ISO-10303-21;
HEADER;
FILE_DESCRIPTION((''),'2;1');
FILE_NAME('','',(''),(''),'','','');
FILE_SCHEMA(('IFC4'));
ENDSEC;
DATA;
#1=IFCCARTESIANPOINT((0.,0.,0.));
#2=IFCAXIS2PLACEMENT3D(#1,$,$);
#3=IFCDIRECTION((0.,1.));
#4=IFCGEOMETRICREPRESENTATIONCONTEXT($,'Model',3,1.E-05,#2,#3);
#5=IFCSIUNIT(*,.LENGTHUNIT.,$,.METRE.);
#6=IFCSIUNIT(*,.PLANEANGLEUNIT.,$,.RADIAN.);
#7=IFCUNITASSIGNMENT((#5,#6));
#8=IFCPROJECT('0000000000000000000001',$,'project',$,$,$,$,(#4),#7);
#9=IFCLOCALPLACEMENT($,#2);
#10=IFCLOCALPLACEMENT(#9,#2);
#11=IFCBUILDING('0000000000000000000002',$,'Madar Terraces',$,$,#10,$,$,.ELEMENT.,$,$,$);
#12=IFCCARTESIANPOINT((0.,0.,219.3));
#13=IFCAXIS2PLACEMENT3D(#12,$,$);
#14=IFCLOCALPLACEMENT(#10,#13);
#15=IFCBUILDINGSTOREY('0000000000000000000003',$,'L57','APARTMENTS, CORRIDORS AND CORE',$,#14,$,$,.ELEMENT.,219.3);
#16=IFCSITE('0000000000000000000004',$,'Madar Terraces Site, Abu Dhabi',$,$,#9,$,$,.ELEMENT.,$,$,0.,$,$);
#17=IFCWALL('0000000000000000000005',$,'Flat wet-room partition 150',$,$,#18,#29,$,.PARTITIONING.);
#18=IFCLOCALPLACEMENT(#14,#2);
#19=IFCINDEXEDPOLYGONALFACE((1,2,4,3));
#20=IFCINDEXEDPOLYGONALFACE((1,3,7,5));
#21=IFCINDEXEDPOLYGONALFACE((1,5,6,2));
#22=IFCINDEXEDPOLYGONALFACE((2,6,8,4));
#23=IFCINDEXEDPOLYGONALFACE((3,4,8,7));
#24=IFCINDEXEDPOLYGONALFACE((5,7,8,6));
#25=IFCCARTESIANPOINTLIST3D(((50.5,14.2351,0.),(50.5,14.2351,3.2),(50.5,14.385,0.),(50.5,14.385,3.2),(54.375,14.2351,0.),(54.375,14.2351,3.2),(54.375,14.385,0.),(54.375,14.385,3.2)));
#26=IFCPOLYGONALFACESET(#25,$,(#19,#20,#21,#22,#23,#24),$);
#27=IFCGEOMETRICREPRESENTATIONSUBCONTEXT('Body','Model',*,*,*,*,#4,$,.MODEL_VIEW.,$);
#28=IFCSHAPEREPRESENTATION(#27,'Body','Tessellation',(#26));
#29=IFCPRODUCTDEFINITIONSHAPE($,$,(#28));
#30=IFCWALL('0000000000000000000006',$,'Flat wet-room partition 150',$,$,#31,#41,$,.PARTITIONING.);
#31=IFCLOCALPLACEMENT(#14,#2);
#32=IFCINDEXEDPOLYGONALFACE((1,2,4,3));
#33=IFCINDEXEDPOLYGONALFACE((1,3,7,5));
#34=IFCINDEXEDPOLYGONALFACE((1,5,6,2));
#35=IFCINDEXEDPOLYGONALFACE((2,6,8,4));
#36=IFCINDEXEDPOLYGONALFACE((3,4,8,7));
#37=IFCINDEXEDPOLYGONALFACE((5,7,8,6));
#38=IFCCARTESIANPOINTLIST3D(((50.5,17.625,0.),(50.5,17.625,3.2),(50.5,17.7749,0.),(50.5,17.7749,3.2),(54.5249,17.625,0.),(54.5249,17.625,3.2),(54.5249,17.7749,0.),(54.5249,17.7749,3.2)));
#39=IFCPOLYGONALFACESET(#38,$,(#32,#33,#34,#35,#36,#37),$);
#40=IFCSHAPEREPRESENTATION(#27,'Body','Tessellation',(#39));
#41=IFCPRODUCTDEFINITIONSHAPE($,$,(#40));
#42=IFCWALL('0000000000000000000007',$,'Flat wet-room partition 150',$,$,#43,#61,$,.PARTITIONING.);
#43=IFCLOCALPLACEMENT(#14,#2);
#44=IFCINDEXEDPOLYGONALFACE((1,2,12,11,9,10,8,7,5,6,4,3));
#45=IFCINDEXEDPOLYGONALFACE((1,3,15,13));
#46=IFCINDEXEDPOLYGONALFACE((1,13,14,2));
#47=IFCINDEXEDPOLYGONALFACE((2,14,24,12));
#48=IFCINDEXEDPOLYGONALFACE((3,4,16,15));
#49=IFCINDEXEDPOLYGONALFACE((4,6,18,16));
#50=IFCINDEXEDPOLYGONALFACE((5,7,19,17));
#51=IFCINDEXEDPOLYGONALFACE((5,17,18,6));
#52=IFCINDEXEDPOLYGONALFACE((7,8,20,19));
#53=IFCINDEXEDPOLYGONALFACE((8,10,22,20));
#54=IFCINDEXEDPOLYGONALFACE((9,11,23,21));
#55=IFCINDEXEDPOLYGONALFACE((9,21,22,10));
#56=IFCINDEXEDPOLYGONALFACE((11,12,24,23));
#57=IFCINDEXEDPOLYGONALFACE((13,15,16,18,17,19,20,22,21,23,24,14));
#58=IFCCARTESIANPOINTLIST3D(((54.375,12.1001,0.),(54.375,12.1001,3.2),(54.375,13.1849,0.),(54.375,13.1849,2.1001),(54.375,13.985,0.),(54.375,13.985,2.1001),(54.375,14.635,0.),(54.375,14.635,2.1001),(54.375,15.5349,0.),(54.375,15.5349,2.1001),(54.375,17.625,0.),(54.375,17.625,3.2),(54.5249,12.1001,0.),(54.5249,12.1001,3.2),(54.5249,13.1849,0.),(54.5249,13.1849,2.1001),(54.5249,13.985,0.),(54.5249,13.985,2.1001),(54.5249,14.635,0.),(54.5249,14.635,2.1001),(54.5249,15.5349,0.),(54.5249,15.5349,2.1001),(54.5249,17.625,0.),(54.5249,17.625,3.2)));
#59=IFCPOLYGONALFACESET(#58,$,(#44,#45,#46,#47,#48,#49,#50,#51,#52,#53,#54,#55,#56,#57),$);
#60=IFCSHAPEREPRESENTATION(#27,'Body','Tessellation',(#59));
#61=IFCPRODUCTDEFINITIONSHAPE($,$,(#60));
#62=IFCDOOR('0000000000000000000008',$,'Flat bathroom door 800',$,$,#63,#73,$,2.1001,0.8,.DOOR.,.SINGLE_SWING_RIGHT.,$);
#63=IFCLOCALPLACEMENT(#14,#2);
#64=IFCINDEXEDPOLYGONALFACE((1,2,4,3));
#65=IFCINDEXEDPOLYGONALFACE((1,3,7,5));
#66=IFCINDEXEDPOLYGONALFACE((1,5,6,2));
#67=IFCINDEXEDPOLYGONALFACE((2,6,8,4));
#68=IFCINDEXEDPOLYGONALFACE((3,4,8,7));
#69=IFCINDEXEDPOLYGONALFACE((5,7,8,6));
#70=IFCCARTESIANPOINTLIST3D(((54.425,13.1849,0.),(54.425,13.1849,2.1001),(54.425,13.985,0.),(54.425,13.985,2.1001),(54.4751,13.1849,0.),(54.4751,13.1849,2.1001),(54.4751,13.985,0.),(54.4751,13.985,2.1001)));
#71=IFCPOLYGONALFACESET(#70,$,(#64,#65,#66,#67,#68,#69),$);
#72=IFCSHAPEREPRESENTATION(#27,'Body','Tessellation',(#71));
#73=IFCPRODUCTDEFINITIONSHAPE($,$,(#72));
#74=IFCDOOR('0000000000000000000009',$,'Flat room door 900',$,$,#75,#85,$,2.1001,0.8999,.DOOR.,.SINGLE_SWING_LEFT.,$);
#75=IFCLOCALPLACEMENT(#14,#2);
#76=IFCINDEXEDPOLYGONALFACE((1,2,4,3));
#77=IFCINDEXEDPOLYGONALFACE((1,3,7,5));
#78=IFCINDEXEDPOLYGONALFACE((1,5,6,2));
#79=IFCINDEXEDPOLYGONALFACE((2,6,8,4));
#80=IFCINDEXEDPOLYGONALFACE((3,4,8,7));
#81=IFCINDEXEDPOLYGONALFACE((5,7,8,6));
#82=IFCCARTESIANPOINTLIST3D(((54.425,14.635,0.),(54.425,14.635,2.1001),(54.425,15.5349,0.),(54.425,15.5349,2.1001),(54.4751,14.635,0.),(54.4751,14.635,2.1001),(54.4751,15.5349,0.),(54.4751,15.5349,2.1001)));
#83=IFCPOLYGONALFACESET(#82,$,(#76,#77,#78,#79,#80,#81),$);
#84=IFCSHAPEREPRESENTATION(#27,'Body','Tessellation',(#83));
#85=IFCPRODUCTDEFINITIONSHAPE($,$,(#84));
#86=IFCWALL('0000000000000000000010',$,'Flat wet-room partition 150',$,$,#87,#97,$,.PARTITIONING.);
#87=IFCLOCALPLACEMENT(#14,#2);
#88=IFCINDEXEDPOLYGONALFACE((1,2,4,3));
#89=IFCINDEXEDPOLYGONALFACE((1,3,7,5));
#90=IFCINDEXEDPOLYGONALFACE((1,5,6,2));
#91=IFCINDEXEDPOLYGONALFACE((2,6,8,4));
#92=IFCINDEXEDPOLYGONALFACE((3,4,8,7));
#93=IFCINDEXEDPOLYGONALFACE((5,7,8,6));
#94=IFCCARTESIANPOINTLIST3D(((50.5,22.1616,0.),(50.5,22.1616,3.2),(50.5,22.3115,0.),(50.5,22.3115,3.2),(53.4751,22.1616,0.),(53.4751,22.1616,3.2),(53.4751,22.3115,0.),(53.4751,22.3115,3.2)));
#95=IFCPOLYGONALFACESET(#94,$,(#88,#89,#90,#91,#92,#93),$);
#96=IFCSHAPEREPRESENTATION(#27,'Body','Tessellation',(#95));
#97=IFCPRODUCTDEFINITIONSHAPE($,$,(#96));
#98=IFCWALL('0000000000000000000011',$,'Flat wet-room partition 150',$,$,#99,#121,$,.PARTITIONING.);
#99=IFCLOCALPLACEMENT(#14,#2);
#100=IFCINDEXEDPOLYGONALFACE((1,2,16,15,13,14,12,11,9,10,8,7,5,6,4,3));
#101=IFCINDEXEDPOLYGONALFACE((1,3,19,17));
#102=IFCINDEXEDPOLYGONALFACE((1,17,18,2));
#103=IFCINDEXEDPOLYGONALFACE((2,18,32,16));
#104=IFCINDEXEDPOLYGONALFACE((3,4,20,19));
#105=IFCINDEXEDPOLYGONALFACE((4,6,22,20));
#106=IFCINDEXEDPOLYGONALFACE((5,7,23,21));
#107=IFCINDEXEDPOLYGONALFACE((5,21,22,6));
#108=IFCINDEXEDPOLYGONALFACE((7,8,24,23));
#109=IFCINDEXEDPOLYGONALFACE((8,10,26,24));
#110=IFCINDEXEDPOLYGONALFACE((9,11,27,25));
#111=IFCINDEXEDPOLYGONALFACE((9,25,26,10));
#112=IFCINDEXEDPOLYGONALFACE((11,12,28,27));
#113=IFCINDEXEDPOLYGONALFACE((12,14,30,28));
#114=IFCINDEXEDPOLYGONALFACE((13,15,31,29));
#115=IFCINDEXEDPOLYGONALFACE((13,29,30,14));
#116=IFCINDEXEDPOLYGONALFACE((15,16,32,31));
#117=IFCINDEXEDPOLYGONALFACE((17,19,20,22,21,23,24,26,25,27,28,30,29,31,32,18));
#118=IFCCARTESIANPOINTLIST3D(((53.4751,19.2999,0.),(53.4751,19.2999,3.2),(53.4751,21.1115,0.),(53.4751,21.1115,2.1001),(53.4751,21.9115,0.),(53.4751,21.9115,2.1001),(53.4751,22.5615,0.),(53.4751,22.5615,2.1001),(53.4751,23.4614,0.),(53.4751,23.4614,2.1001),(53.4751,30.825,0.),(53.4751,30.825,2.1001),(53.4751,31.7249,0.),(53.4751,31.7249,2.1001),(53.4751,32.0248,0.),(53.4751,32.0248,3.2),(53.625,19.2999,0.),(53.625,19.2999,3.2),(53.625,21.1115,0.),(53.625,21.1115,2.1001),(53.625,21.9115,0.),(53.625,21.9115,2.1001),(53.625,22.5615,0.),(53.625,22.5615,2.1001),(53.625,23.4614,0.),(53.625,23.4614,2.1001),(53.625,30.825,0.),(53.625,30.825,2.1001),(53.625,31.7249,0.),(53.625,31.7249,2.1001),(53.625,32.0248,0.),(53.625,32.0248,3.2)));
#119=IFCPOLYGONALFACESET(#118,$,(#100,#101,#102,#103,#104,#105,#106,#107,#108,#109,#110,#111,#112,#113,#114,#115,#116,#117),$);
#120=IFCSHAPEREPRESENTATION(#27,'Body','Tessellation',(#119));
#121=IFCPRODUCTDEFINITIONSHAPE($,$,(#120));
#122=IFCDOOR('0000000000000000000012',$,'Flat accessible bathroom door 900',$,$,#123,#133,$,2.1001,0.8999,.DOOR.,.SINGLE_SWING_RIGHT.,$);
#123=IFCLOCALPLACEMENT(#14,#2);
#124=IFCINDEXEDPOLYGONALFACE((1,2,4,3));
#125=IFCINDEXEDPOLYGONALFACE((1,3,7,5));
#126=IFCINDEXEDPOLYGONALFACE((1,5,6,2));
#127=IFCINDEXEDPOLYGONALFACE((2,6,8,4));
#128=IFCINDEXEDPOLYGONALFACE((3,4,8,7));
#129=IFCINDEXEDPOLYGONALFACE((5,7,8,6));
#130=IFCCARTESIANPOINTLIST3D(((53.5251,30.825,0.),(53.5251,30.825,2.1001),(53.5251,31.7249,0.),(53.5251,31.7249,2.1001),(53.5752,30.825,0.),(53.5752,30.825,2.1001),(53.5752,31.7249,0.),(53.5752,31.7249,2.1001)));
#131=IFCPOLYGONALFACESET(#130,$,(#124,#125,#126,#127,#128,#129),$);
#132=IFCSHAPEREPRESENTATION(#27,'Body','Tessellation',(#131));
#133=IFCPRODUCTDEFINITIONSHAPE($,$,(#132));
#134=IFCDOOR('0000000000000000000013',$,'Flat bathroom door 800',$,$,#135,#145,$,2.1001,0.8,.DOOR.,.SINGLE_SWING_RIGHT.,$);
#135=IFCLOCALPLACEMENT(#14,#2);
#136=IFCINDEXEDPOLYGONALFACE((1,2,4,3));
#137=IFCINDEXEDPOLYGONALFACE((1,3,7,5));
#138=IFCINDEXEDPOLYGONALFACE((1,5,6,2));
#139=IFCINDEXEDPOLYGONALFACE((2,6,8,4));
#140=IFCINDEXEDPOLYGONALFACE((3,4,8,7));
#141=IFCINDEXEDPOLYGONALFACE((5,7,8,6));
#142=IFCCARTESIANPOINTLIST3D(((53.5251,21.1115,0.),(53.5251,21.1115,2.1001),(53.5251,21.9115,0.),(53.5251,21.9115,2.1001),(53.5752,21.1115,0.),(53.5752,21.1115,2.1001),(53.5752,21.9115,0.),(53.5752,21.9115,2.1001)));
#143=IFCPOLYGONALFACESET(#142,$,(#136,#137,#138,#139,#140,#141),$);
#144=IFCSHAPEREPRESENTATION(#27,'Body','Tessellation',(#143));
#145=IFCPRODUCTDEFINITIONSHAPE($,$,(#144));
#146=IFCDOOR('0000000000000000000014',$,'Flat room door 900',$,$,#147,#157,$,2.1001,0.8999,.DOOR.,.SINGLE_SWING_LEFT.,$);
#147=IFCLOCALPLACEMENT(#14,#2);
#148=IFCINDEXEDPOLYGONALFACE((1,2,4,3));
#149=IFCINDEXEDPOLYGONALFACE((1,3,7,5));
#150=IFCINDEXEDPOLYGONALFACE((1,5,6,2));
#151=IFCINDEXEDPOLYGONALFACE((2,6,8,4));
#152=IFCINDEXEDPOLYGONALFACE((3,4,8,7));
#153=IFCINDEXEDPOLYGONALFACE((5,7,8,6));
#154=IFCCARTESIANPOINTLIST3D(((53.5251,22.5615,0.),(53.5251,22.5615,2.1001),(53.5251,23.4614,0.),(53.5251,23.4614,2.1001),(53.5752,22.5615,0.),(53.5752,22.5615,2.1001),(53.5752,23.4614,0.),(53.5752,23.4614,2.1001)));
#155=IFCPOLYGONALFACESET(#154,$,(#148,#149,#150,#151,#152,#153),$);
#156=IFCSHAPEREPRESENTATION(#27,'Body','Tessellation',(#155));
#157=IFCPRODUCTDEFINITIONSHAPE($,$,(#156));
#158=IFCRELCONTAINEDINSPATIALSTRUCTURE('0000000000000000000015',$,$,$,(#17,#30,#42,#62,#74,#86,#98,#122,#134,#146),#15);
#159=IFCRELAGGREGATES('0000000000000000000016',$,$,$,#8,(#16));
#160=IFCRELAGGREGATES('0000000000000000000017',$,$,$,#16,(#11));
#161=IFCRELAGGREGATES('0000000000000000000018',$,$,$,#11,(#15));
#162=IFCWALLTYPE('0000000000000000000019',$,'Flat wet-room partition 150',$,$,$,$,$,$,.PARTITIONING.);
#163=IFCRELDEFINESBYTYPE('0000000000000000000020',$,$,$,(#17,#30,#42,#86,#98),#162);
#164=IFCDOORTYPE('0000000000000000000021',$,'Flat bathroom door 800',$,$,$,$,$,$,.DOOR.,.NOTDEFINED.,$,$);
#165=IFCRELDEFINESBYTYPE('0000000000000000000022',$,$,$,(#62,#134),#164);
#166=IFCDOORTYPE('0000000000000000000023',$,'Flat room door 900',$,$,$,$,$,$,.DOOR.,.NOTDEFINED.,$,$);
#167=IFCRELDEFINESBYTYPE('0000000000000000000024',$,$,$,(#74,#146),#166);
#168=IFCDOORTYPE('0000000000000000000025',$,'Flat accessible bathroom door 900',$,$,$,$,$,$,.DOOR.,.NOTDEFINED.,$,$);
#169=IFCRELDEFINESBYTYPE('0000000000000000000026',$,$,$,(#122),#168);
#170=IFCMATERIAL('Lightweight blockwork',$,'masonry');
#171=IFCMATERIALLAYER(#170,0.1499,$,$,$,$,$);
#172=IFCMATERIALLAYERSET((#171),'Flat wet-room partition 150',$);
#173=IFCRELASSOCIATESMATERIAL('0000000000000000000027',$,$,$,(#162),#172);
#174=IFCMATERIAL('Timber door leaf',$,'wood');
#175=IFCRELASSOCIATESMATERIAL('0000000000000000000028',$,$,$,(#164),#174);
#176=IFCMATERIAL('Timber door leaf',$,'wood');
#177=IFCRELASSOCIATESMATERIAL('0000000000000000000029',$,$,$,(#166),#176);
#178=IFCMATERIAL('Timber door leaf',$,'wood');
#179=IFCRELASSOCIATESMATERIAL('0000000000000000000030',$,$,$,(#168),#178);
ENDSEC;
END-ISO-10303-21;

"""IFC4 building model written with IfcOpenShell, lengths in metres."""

from ifc_helpers import new_model, si_unit, direction, frame, frame_2d, origin, place, context, subcontext, project, spatial, rectangle, extrude, material, layer, layer_set, type_object, element, fill, save


model = new_model("IFC4")

# Units and contexts
model_context = context("Model", 3, precision=1e-05, world=origin(), true_north=direction((0.0, 1.0)))
body_context = subcontext(model_context, "Body", "Model", "MODEL_VIEW")
ifc_project = project(units=[si_unit("LENGTHUNIT", "METRE"), si_unit("PLANEANGLEUNIT", "RADIAN")], contexts=[model_context])

# Site, building, storey
site_placement = place(None, origin())
site = spatial("IfcSite", under=ifc_project, at=site_placement, Name="Madar Terraces Site, Abu Dhabi", CompositionType="ELEMENT", RefElevation=0.0)
building_placement = place(site_placement, origin())
building = spatial("IfcBuilding", under=site, at=building_placement, Name="Madar Terraces", CompositionType="ELEMENT")
storey_placement = place(building_placement, frame((0.0, 0.0, 219.3)))
storey = spatial("IfcBuildingStorey", under=building, at=storey_placement, Name="L57", Description="APARTMENTS, CORRIDORS AND CORE", CompositionType="ELEMENT", Elevation=219.3)

# Walls
ifc_material_1 = material(Name="Lightweight blockwork", Category="masonry")
ifc_layer_1 = layer(ifc_material_1, 0.1499)
ifc_layer_set_1 = layer_set([ifc_layer_1], Name="Flat wet-room partition 150")
wall_type_1 = type_object("IfcWallType", Name="Flat wet-room partition 150", PredefinedType="PARTITIONING", material=ifc_layer_set_1)
wall_1_placement = place(storey_placement, frame((50.5, 14.3101, 0.0), z_axis=(0.0, 0.0, 1.0), x_axis=(1.0, 0.0, 0.0)))
element("IfcWall", 1, at=wall_1_placement, inside=storey, type_object=wall_type_1, Name="Flat wet-room partition 150", PredefinedType="PARTITIONING", context=body_context, shape_type="SweptSolid", body=[
    extrude(rectangle(XDim=3.875, YDim=0.1499, at=frame_2d((1.9375, 0.0))), origin(), (0.0, 0.0, 1.0), 3.2),
])
wall_2_placement = place(storey_placement, frame((50.5, 17.7, 0.0), z_axis=(0.0, 0.0, 1.0), x_axis=(1.0, 0.0, 0.0)))
element("IfcWall", 2, at=wall_2_placement, inside=storey, type_object=wall_type_1, Name="Flat wet-room partition 150", PredefinedType="PARTITIONING", context=body_context, shape_type="SweptSolid", body=[
    extrude(rectangle(XDim=4.0249, YDim=0.1499, at=frame_2d((2.0125, 0.0))), origin(), (0.0, 0.0, 1.0), 3.2),
])

# Wall, openings, doors
wall_3_placement = place(storey_placement, frame((54.45, 12.1001, 0.0), z_axis=(0.0, 0.0, 1.0), x_axis=(0.0, 1.0, 0.0)))
wall_3 = element("IfcWall", 3, at=wall_3_placement, inside=storey, type_object=wall_type_1, Name="Flat wet-room partition 150", PredefinedType="PARTITIONING", context=body_context, shape_type="SweptSolid", body=[
    extrude(rectangle(XDim=5.5249, YDim=0.1499, at=frame_2d((2.7625, 0.0))), origin(), (0.0, 0.0, 1.0), 3.2),
])
opening_1_placement = place(wall_3_placement, frame((2.5349, 0.0, 0.0)))
opening_1 = element("IfcOpeningElement", 4, at=opening_1_placement, cuts=wall_3, PredefinedType="OPENING", context=body_context, shape_type="SweptSolid", body=[
    extrude(rectangle(XDim=0.8999, YDim=2.1001, at=frame_2d((0.45, 1.05))), frame((0.0, 0.085, 0.0), z_axis=(0.0, -1.0, 0.0), x_axis=(1.0, 0.0, 0.0)), (0.0, 0.0, 1.0), 0.1699),
])
opening_2_placement = place(wall_3_placement, frame((1.085, 0.0, 0.0)))
opening_2 = element("IfcOpeningElement", 5, at=opening_2_placement, cuts=wall_3, PredefinedType="OPENING", context=body_context, shape_type="SweptSolid", body=[
    extrude(rectangle(XDim=0.8, YDim=2.1001, at=frame_2d((0.3999, 1.05))), frame((0.0, 0.085, 0.0), z_axis=(0.0, -1.0, 0.0), x_axis=(1.0, 0.0, 0.0)), (0.0, 0.0, 1.0), 0.1699),
])
ifc_material_2 = material(Name="Timber door leaf", Category="wood")
door_type_1 = type_object("IfcDoorType", Name="Flat bathroom door 800", OperationType="NOTDEFINED", PredefinedType="DOOR", material=ifc_material_2)
door_1_placement = place(opening_2_placement, origin())
door_1 = element("IfcDoor", 6, at=door_1_placement, inside=storey, type_object=door_type_1, Name="Flat bathroom door 800", OperationType="SINGLE_SWING_RIGHT", OverallHeight=2.1001, OverallWidth=0.8, PredefinedType="DOOR", context=body_context, shape_type="SweptSolid", body=[
    extrude(rectangle(XDim=0.8, YDim=2.1001, at=frame_2d((0.3999, 1.05))), frame((0.0, 0.0249, 0.0), z_axis=(0.0, -1.0, 0.0), x_axis=(1.0, 0.0, 0.0)), (0.0, 0.0, 1.0), 0.05),
])
fill(opening_2, door_1)
ifc_material_3 = material(Name="Timber door leaf", Category="wood")
door_type_2 = type_object("IfcDoorType", Name="Flat room door 900", OperationType="NOTDEFINED", PredefinedType="DOOR", material=ifc_material_3)
door_2_placement = place(opening_1_placement, origin())
door_2 = element("IfcDoor", 7, at=door_2_placement, inside=storey, type_object=door_type_2, Name="Flat room door 900", OperationType="SINGLE_SWING_LEFT", OverallHeight=2.1001, OverallWidth=0.8999, PredefinedType="DOOR", context=body_context, shape_type="SweptSolid", body=[
    extrude(rectangle(XDim=0.8999, YDim=2.1001, at=frame_2d((0.45, 1.05))), frame((0.0, 0.0249, 0.0), z_axis=(0.0, -1.0, 0.0), x_axis=(1.0, 0.0, 0.0)), (0.0, 0.0, 1.0), 0.05),
])
fill(opening_1, door_2)

# Wall
wall_4_placement = place(storey_placement, frame((50.5, 22.2366, 0.0), z_axis=(0.0, 0.0, 1.0), x_axis=(1.0, 0.0, 0.0)))
element("IfcWall", 8, at=wall_4_placement, inside=storey, type_object=wall_type_1, Name="Flat wet-room partition 150", PredefinedType="PARTITIONING", context=body_context, shape_type="SweptSolid", body=[
    extrude(rectangle(XDim=2.9751, YDim=0.1499, at=frame_2d((1.4875, 0.0))), origin(), (0.0, 0.0, 1.0), 3.2),
])

# Wall, openings, doors
wall_5_placement = place(storey_placement, frame((53.55, 19.3, 0.0), z_axis=(0.0, 0.0, 1.0), x_axis=(0.0, 1.0, 0.0)))
wall_5 = element("IfcWall", 9, at=wall_5_placement, inside=storey, type_object=wall_type_1, Name="Flat wet-room partition 150", PredefinedType="PARTITIONING", context=body_context, shape_type="SweptSolid", body=[
    extrude(rectangle(XDim=12.7249, YDim=0.1499, at=frame_2d((6.3623, 0.0))), origin(), (0.0, 0.0, 1.0), 3.2),
])
opening_3_placement = place(wall_5_placement, frame((11.5249, 0.0, 0.0)))
opening_3 = element("IfcOpeningElement", 10, at=opening_3_placement, cuts=wall_5, PredefinedType="OPENING", context=body_context, shape_type="SweptSolid", body=[
    extrude(rectangle(XDim=0.8999, YDim=2.1001, at=frame_2d((0.45, 1.05))), frame((0.0, 0.085, 0.0), z_axis=(0.0, -1.0, 0.0), x_axis=(1.0, 0.0, 0.0)), (0.0, 0.0, 1.0), 0.1699),
])
opening_4_placement = place(wall_5_placement, frame((3.2615, 0.0, 0.0)))
opening_4 = element("IfcOpeningElement", 11, at=opening_4_placement, cuts=wall_5, PredefinedType="OPENING", context=body_context, shape_type="SweptSolid", body=[
    extrude(rectangle(XDim=0.8999, YDim=2.1001, at=frame_2d((0.45, 1.05))), frame((0.0, 0.085, 0.0), z_axis=(0.0, -1.0, 0.0), x_axis=(1.0, 0.0, 0.0)), (0.0, 0.0, 1.0), 0.1699),
])
opening_5_placement = place(wall_5_placement, frame((1.8115, 0.0, 0.0)))
opening_5 = element("IfcOpeningElement", 12, at=opening_5_placement, cuts=wall_5, PredefinedType="OPENING", context=body_context, shape_type="SweptSolid", body=[
    extrude(rectangle(XDim=0.8, YDim=2.1001, at=frame_2d((0.3999, 1.05))), frame((0.0, 0.085, 0.0), z_axis=(0.0, -1.0, 0.0), x_axis=(1.0, 0.0, 0.0)), (0.0, 0.0, 1.0), 0.1699),
])
ifc_material_4 = material(Name="Timber door leaf", Category="wood")
door_type_3 = type_object("IfcDoorType", Name="Flat accessible bathroom door 900", OperationType="NOTDEFINED", PredefinedType="DOOR", material=ifc_material_4)
door_3_placement = place(opening_3_placement, origin())
door_3 = element("IfcDoor", 13, at=door_3_placement, inside=storey, type_object=door_type_3, Name="Flat accessible bathroom door 900", OperationType="SINGLE_SWING_RIGHT", OverallHeight=2.1001, OverallWidth=0.8999, PredefinedType="DOOR", context=body_context, shape_type="SweptSolid", body=[
    extrude(rectangle(XDim=0.8999, YDim=2.1001, at=frame_2d((0.45, 1.05))), frame((0.0, 0.0249, 0.0), z_axis=(0.0, -1.0, 0.0), x_axis=(1.0, 0.0, 0.0)), (0.0, 0.0, 1.0), 0.05),
])
fill(opening_3, door_3)
door_4_placement = place(opening_5_placement, origin())
door_4 = element("IfcDoor", 14, at=door_4_placement, inside=storey, type_object=door_type_1, Name="Flat bathroom door 800", OperationType="SINGLE_SWING_RIGHT", OverallHeight=2.1001, OverallWidth=0.8, PredefinedType="DOOR", context=body_context, shape_type="SweptSolid", body=[
    extrude(rectangle(XDim=0.8, YDim=2.1001, at=frame_2d((0.3999, 1.05))), frame((0.0, 0.0249, 0.0), z_axis=(0.0, -1.0, 0.0), x_axis=(1.0, 0.0, 0.0)), (0.0, 0.0, 1.0), 0.05),
])
fill(opening_5, door_4)
door_5_placement = place(opening_4_placement, origin())
door_5 = element("IfcDoor", 15, at=door_5_placement, inside=storey, type_object=door_type_2, Name="Flat room door 900", OperationType="SINGLE_SWING_LEFT", OverallHeight=2.1001, OverallWidth=0.8999, PredefinedType="DOOR", context=body_context, shape_type="SweptSolid", body=[
    extrude(rectangle(XDim=0.8999, YDim=2.1001, at=frame_2d((0.45, 1.05))), frame((0.0, 0.0249, 0.0), z_axis=(0.0, -1.0, 0.0), x_axis=(1.0, 0.0, 0.0)), (0.0, 0.0, 1.0), 0.05),
])
fill(opening_4, door_5)

save(model, "model.ifc")
